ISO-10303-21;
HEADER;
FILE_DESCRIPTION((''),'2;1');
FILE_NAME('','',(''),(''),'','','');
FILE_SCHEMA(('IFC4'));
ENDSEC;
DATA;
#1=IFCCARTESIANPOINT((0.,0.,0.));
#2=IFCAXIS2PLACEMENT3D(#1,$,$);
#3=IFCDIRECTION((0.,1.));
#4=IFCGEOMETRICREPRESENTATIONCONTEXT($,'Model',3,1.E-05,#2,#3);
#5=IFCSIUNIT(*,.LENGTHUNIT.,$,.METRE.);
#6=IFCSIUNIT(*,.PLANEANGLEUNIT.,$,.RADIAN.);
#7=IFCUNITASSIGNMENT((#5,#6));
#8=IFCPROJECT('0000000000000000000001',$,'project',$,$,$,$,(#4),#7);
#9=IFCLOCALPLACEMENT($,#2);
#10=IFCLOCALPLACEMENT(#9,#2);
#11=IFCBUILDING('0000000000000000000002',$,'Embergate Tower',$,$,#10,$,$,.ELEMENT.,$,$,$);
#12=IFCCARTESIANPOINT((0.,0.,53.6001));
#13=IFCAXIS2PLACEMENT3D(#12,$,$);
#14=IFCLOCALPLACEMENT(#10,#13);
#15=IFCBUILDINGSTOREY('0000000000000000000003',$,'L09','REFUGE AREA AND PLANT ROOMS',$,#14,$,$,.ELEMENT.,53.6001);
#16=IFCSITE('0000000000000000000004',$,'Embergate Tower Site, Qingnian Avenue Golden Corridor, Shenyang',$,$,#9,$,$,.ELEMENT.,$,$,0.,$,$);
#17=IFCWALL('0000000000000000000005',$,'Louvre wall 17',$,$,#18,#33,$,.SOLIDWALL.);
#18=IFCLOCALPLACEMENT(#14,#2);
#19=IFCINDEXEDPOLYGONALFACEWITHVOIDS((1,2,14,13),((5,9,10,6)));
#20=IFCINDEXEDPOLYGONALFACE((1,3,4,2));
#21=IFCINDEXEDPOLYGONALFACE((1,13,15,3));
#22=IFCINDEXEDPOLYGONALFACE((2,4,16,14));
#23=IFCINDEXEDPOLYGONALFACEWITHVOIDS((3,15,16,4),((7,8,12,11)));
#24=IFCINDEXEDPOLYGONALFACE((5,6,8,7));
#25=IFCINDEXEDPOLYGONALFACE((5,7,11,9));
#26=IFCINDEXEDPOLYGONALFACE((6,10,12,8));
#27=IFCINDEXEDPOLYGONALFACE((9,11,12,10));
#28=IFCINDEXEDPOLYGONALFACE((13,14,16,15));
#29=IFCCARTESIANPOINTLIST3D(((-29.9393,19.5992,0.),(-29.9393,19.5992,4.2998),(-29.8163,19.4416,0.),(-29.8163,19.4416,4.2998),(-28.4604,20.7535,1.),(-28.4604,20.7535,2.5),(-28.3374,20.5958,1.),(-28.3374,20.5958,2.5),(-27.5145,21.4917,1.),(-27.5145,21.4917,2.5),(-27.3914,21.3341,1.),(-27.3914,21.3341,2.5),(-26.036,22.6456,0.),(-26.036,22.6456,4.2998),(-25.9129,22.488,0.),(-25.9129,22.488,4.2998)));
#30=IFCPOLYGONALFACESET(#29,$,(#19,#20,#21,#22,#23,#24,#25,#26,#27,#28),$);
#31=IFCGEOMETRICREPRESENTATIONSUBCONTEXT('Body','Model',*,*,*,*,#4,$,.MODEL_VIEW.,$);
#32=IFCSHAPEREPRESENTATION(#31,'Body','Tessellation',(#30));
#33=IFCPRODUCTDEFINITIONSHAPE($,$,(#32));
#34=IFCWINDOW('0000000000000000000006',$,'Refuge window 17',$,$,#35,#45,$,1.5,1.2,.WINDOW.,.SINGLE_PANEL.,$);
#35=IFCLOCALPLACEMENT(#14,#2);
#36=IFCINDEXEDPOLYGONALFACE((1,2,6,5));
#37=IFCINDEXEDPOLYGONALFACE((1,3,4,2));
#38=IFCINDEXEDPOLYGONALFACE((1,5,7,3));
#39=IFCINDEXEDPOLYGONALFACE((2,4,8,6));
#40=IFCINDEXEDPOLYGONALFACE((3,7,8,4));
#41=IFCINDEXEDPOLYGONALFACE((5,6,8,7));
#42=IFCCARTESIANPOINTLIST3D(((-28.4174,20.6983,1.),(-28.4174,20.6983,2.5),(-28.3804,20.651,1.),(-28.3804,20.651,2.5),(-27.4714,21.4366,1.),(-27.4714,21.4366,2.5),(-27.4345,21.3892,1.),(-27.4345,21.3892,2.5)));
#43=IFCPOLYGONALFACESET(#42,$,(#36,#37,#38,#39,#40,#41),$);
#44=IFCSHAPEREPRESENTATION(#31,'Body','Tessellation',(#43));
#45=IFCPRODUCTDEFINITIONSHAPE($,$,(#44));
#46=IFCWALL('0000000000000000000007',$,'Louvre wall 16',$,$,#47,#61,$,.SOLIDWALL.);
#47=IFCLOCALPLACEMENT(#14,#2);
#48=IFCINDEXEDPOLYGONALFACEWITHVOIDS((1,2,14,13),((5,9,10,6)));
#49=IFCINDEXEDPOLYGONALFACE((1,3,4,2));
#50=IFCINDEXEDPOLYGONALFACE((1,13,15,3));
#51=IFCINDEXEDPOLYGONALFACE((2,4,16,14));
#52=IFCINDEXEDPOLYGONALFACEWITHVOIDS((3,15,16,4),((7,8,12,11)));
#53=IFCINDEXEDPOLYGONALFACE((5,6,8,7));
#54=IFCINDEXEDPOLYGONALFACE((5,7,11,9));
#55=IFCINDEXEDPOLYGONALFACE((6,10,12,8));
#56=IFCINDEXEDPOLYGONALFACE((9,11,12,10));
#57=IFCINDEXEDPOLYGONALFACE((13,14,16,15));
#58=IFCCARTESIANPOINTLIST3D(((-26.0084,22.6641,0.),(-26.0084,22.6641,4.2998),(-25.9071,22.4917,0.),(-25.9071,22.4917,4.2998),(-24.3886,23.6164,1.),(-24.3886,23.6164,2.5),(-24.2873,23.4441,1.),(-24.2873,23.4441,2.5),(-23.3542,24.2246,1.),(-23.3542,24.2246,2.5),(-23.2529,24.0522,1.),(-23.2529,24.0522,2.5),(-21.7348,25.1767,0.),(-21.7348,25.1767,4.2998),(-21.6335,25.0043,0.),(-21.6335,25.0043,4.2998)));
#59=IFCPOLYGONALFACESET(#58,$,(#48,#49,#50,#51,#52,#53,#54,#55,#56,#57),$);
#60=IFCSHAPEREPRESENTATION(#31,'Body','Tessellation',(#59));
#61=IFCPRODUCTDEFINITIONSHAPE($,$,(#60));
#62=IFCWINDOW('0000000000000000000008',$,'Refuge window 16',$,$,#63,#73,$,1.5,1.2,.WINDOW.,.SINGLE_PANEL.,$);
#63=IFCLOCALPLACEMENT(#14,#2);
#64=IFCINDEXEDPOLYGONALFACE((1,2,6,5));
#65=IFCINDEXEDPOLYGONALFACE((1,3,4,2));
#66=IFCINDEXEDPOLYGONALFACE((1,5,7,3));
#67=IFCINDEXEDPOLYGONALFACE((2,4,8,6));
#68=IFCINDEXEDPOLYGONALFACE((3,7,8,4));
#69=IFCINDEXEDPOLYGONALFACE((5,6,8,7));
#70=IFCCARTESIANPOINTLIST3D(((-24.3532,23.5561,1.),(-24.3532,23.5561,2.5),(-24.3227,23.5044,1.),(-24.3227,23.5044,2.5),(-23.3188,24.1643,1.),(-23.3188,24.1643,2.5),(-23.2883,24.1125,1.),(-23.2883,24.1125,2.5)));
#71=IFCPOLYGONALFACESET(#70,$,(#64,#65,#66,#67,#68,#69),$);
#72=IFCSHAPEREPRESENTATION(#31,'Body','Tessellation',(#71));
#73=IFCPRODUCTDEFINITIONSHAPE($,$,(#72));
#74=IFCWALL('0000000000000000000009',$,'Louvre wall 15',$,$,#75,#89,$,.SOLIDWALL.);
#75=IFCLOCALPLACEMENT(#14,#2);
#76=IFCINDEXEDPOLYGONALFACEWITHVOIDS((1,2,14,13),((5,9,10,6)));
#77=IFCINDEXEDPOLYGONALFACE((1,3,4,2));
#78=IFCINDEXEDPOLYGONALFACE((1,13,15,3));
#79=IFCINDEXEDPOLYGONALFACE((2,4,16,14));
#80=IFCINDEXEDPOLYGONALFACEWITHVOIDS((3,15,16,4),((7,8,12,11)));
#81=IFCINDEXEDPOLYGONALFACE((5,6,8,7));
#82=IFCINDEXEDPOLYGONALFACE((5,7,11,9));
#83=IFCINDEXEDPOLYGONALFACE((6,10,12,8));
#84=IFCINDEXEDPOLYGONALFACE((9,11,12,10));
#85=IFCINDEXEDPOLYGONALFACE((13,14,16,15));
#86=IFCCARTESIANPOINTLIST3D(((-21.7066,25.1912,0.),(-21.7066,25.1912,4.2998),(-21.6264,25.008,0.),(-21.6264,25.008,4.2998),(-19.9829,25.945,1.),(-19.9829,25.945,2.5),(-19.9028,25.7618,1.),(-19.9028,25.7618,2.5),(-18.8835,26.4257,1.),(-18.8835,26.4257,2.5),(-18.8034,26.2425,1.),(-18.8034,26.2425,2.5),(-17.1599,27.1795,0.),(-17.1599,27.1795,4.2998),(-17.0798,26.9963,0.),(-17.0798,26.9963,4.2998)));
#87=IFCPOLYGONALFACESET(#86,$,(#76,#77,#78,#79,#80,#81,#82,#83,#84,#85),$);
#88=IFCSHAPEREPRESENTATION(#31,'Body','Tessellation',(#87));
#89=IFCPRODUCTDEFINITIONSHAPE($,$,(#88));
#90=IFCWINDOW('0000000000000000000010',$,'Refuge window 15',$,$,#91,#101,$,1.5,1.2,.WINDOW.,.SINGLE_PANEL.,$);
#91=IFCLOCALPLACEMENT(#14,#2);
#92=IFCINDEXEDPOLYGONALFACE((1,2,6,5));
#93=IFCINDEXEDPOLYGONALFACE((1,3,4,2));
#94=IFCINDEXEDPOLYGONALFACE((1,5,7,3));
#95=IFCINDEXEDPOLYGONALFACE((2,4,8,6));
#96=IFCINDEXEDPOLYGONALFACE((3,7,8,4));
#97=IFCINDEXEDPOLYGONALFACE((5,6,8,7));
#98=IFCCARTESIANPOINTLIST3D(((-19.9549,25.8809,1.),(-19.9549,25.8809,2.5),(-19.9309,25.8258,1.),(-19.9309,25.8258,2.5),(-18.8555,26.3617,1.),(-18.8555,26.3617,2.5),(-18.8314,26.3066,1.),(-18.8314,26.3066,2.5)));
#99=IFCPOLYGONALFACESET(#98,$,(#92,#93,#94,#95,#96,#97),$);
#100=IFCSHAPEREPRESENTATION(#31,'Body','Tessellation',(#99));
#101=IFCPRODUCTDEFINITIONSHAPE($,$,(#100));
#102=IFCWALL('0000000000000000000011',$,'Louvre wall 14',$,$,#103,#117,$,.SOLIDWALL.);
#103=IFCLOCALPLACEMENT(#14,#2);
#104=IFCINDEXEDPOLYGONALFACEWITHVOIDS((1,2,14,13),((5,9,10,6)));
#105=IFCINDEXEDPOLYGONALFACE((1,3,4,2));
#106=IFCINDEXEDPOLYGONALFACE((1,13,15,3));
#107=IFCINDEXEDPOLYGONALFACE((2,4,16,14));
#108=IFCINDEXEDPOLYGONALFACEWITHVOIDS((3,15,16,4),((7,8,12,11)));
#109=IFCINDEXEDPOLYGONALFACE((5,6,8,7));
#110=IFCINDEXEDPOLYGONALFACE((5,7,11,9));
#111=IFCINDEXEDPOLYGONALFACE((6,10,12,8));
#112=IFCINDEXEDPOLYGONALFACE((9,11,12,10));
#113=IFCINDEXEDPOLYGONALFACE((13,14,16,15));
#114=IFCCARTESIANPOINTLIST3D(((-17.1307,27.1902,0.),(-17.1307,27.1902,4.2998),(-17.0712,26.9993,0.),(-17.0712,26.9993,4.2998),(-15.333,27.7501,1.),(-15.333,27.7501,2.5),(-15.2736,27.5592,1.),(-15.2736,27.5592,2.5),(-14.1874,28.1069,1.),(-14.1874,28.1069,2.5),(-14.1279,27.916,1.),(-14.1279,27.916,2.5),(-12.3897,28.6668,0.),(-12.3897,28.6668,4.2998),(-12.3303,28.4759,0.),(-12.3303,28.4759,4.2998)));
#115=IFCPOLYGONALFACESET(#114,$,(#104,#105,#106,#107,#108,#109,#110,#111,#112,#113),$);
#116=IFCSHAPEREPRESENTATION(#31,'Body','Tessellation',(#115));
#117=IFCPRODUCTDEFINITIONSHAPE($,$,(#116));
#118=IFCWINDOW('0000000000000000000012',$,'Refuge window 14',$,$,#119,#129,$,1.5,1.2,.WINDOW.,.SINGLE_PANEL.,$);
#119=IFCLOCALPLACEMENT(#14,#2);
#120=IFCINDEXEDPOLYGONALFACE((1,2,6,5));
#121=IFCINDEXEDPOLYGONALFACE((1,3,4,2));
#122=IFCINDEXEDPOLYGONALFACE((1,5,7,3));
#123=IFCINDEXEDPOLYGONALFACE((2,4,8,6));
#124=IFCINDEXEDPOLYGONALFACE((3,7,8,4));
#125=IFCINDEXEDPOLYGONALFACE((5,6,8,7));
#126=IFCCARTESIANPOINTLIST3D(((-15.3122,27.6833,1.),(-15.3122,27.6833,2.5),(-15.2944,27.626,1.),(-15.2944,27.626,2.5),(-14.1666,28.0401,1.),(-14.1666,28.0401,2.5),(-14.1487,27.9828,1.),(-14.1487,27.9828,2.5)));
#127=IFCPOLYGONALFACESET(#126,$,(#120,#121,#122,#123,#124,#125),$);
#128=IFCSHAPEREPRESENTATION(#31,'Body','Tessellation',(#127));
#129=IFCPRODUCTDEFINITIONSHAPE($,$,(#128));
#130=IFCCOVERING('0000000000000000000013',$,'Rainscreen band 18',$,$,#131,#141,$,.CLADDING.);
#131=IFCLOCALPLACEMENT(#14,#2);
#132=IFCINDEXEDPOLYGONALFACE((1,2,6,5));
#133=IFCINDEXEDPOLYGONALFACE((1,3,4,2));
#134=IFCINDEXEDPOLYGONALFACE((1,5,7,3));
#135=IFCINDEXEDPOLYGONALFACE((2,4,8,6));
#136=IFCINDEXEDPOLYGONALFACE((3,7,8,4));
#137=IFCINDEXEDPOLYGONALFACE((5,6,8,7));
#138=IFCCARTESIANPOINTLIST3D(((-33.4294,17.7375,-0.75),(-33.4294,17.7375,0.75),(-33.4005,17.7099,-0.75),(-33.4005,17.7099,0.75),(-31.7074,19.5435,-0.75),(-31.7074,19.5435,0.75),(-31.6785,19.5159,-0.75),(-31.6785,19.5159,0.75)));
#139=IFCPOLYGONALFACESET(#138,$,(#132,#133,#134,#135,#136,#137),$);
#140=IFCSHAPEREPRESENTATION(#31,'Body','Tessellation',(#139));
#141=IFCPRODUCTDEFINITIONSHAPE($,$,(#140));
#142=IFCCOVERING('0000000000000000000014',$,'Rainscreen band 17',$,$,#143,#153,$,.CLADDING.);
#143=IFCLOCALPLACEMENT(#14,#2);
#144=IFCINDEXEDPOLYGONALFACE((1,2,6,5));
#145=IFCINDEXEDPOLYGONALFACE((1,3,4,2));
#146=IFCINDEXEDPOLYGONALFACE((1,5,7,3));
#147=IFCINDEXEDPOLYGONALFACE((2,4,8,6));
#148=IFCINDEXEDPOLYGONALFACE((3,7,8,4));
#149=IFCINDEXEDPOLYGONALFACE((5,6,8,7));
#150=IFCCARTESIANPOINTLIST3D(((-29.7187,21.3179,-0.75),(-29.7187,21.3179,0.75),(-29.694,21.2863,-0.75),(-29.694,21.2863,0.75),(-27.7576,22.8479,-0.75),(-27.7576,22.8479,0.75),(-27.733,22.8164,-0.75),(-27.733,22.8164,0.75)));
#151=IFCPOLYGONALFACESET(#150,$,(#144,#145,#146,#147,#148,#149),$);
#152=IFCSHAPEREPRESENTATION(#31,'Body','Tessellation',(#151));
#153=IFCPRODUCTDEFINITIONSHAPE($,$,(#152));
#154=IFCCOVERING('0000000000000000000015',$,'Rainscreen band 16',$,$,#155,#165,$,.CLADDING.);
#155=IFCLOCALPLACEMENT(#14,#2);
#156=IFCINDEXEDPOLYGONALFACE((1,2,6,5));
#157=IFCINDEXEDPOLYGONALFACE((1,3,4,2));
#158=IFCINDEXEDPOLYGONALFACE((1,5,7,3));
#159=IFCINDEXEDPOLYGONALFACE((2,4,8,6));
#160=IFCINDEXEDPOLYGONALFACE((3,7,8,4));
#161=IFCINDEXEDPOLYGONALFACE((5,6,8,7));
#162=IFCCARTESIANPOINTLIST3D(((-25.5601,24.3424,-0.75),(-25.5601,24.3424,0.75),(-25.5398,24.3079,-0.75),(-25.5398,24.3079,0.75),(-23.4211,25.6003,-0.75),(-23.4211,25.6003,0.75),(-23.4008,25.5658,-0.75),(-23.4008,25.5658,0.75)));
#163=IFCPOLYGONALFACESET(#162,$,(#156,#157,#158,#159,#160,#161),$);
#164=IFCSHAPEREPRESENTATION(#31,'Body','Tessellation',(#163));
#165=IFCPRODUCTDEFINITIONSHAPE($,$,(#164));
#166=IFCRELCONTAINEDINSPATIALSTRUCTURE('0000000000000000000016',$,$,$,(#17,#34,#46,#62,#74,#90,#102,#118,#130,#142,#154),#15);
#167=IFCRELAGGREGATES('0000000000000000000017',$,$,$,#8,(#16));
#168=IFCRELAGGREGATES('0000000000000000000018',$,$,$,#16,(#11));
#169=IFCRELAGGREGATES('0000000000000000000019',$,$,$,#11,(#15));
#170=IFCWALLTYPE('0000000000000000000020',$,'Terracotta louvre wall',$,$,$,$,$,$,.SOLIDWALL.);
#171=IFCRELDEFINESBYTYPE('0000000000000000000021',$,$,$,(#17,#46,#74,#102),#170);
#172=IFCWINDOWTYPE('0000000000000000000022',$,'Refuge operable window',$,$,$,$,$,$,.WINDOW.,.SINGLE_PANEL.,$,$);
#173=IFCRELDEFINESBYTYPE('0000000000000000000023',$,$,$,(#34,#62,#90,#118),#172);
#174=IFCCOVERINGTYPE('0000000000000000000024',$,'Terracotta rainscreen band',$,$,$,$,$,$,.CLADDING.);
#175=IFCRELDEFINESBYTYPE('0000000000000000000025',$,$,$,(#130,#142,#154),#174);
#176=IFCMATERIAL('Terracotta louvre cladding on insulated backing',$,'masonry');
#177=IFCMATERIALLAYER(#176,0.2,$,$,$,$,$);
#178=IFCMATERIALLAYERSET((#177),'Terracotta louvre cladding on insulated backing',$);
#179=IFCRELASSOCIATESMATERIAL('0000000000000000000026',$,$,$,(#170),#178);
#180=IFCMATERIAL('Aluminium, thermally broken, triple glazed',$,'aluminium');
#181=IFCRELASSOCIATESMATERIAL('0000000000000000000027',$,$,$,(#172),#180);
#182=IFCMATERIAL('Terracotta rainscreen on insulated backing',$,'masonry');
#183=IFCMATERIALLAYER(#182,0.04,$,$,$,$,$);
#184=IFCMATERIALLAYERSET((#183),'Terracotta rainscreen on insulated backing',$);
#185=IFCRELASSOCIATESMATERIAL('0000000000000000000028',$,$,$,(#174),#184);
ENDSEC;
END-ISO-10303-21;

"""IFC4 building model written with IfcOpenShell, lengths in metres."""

from ifc_helpers import new_model, si_unit, direction, frame, frame_2d, origin, origin_2d, place, context, subcontext, project, spatial, rectangle, extrude, source, transform, mapped, material, layer, layer_set, type_object, element, fill, save


model = new_model("IFC4")

# Units and contexts
model_context = context("Model", 3, precision=1e-05, world=origin(), true_north=direction((0.0, 1.0)))
body_context = subcontext(model_context, "Body", "Model", "MODEL_VIEW")
ifc_project = project(units=[si_unit("LENGTHUNIT", "METRE"), si_unit("PLANEANGLEUNIT", "RADIAN")], contexts=[model_context])

# Site, building, storey
site_placement = place(None, origin())
site = spatial("IfcSite", under=ifc_project, at=site_placement, Name="Embergate Tower Site, Qingnian Avenue Golden Corridor, Shenyang", CompositionType="ELEMENT", RefElevation=0.0)
building_placement = place(site_placement, origin())
building = spatial("IfcBuilding", under=site, at=building_placement, Name="Embergate Tower", CompositionType="ELEMENT")
storey_placement = place(building_placement, frame((0.0, 0.0, 53.6001)))
storey = spatial("IfcBuildingStorey", under=building, at=storey_placement, Name="L09", Description="REFUGE AREA AND PLANT ROOMS", CompositionType="ELEMENT", Elevation=53.6001)

# Walls, openings, windows
ifc_material_1 = material(Name="Terracotta louvre cladding on insulated backing", Category="masonry")
ifc_layer_1 = layer(ifc_material_1, 0.2)
ifc_layer_set_1 = layer_set([ifc_layer_1], Name="Terracotta louvre cladding on insulated backing")
wall_type = type_object("IfcWallType", Name="Terracotta louvre wall", PredefinedType="SOLIDWALL", material=ifc_layer_set_1)
shared_shape_1 = source(origin(), body_context, "Body", "SweptSolid", [
    extrude(rectangle(XDim=4.9514, YDim=0.2, at=frame_2d((2.4756, 0.0))), origin(), (0.0, 0.0, 1.0), 4.2998),
])
wall_1_placement = place(storey_placement, frame((-29.8777, 19.5205, 0.0), z_axis=(0.0, 0.0, 1.0), x_axis=(0.788326, 0.615257, 0.0)))
wall_1 = element("IfcWall", 1, at=wall_1_placement, inside=storey, type_object=wall_type, Name="Louvre wall 17", PredefinedType="SOLIDWALL", context=body_context, shape_type="MappedRepresentation", body=[
    mapped(shared_shape_1, transform((0.0, 0.0, 0.0))),
])
shared_shape_2 = source(origin(), body_context, "Body", "SweptSolid", [
    extrude(rectangle(XDim=1.2, YDim=1.5, at=frame_2d((0.6001, 0.75))), frame((0.0, 0.1099, 0.0), z_axis=(0.0, -1.0, 0.0), x_axis=(1.0, 0.0, 0.0)), (0.0, 0.0, 1.0), 0.22),
])
opening_1_placement = place(wall_1_placement, frame((1.8757, 0.0, 1.0)))
opening_1 = element("IfcOpeningElement", 2, at=opening_1_placement, cuts=wall_1, PredefinedType="OPENING", context=body_context, shape_type="MappedRepresentation", body=[
    mapped(shared_shape_2, transform((0.0, 0.0, 0.0))),
])
ifc_material_2 = material(Name="Aluminium, thermally broken, triple glazed", Category="aluminium")
window_type = type_object("IfcWindowType", Name="Refuge operable window", PartitioningType="SINGLE_PANEL", PredefinedType="WINDOW", material=ifc_material_2)
shared_shape_3 = source(origin(), body_context, "Body", "SweptSolid", [
    extrude(rectangle(XDim=1.2, YDim=1.5, at=frame_2d((0.6001, 0.75))), frame((0.0, 0.03, 0.0), z_axis=(0.0, -1.0, 0.0), x_axis=(1.0, 0.0, 0.0)), (0.0, 0.0, 1.0), 0.0601),
])
window_1_placement = place(opening_1_placement, origin())
window_1 = element("IfcWindow", 3, at=window_1_placement, inside=storey, type_object=window_type, Name="Refuge window 17", OverallHeight=1.5, OverallWidth=1.2, PartitioningType="SINGLE_PANEL", PredefinedType="WINDOW", context=body_context, shape_type="MappedRepresentation", body=[
    mapped(shared_shape_3, transform((0.0, 0.0, 0.0))),
])
fill(opening_1, window_1)
shared_shape_4 = source(origin(), body_context, "Body", "SweptSolid", [
    extrude(rectangle(XDim=4.9575, YDim=0.2, at=frame_2d((2.4788, 0.0))), origin(), (0.0, 0.0, 1.0), 4.2998),
])
wall_2_placement = place(storey_placement, frame((-25.9578, 22.5779, 0.0), z_axis=(0.0, 0.0, 1.0), x_axis=(0.862043, 0.506835, 0.0)))
wall_2 = element("IfcWall", 4, at=wall_2_placement, inside=storey, type_object=wall_type, Name="Louvre wall 16", PredefinedType="SOLIDWALL", context=body_context, shape_type="MappedRepresentation", body=[
    mapped(shared_shape_4, transform((0.0, 0.0, 0.0))),
])
opening_2_placement = place(wall_2_placement, frame((1.8789, 0.0, 1.0)))
opening_2 = element("IfcOpeningElement", 5, at=opening_2_placement, cuts=wall_2, PredefinedType="OPENING", context=body_context, shape_type="MappedRepresentation", body=[
    mapped(shared_shape_2, transform((0.0, 0.0, 0.0))),
])
window_2_placement = place(opening_2_placement, origin())
window_2 = element("IfcWindow", 6, at=window_2_placement, inside=storey, type_object=window_type, Name="Refuge window 16", OverallHeight=1.5, OverallWidth=1.2, PartitioningType="SINGLE_PANEL", PredefinedType="WINDOW", context=body_context, shape_type="MappedRepresentation", body=[
    mapped(shared_shape_3, transform((0.0, 0.0, 0.0))),
])
fill(opening_2, window_2)
shared_shape_5 = source(origin(), body_context, "Body", "SweptSolid", [
    extrude(rectangle(XDim=4.9624, YDim=0.2, at=frame_2d((2.4812, 0.0))), origin(), (0.0, 0.0, 1.0), 4.2998),
])
wall_3_placement = place(storey_placement, frame((-21.6665, 25.0996, 0.0), z_axis=(0.0, 0.0, 1.0), x_axis=(0.916222, 0.400672, 0.0)))
wall_3 = element("IfcWall", 7, at=wall_3_placement, inside=storey, type_object=wall_type, Name="Louvre wall 15", PredefinedType="SOLIDWALL", context=body_context, shape_type="MappedRepresentation", body=[
    mapped(shared_shape_5, transform((0.0, 0.0, 0.0))),
])
opening_3_placement = place(wall_3_placement, frame((1.8811, 0.0, 1.0)))
opening_3 = element("IfcOpeningElement", 8, at=opening_3_placement, cuts=wall_3, PredefinedType="OPENING", context=body_context, shape_type="MappedRepresentation", body=[
    mapped(shared_shape_2, transform((0.0, 0.0, 0.0))),
])
window_3_placement = place(opening_3_placement, origin())
window_3 = element("IfcWindow", 9, at=window_3_placement, inside=storey, type_object=window_type, Name="Refuge window 15", OverallHeight=1.5, OverallWidth=1.2, PartitioningType="SINGLE_PANEL", PredefinedType="WINDOW", context=body_context, shape_type="MappedRepresentation", body=[
    mapped(shared_shape_3, transform((0.0, 0.0, 0.0))),
])
fill(opening_3, window_3)
shared_shape_6 = source(origin(), body_context, "Body", "SweptSolid", [
    extrude(rectangle(XDim=4.9656, YDim=0.2, at=frame_2d((2.4829, 0.0))), origin(), (0.0, 0.0, 1.0), 4.2998),
])
wall_4_placement = place(storey_placement, frame((-17.1011, 27.0947, 0.0), z_axis=(0.0, 0.0, 1.0), x_axis=(0.954766, 0.297359, 0.0)))
wall_4 = element("IfcWall", 10, at=wall_4_placement, inside=storey, type_object=wall_type, Name="Louvre wall 14", PredefinedType="SOLIDWALL", context=body_context, shape_type="MappedRepresentation", body=[
    mapped(shared_shape_6, transform((0.0, 0.0, 0.0))),
])
opening_4_placement = place(wall_4_placement, frame((1.8828, 0.0, 1.0)))
opening_4 = element("IfcOpeningElement", 11, at=opening_4_placement, cuts=wall_4, PredefinedType="OPENING", context=body_context, shape_type="MappedRepresentation", body=[
    mapped(shared_shape_2, transform((0.0, 0.0, 0.0))),
])
window_4_placement = place(opening_4_placement, origin())
window_4 = element("IfcWindow", 12, at=window_4_placement, inside=storey, type_object=window_type, Name="Refuge window 14", OverallHeight=1.5, OverallWidth=1.2, PartitioningType="SINGLE_PANEL", PredefinedType="WINDOW", context=body_context, shape_type="MappedRepresentation", body=[
    mapped(shared_shape_3, transform((0.0, 0.0, 0.0))),
])
fill(opening_4, window_4)

# Coverings
ifc_material_3 = material(Name="Terracotta rainscreen on insulated backing", Category="masonry")
ifc_layer_2 = layer(ifc_material_3, 0.04)
ifc_layer_set_2 = layer_set([ifc_layer_2], Name="Terracotta rainscreen on insulated backing")
covering_type = type_object("IfcCoveringType", Name="Terracotta rainscreen band", PredefinedType="CLADDING", material=ifc_layer_set_2)
shared_shape_7 = source(origin(), body_context, "Body", "SweptSolid", [
    extrude(rectangle(XDim=2.4954, YDim=0.04, at=origin_2d()), origin(), (0.0, 0.0, 1.0), 1.5),
])
covering_1_placement = place(storey_placement, frame((-32.554, 18.6267, -0.75), z_axis=(0.0, 0.0, 1.0), x_axis=(-0.690076, -0.723737, 0.0)))
element("IfcCovering", 13, at=covering_1_placement, inside=storey, type_object=covering_type, Name="Rainscreen band 18", PredefinedType="CLADDING", context=body_context, shape_type="MappedRepresentation", body=[
    mapped(shared_shape_7, transform((0.0, 0.0, 0.0))),
])
shared_shape_8 = source(origin(), body_context, "Body", "SweptSolid", [
    extrude(rectangle(XDim=2.4873, YDim=0.04, at=origin_2d()), origin(), (0.0, 0.0, 1.0), 1.5),
])
covering_2_placement = place(storey_placement, frame((-28.7258, 22.0671, -0.75), z_axis=(0.0, 0.0, 1.0), x_axis=(-0.78842, -0.615137, 0.0)))
element("IfcCovering", 14, at=covering_2_placement, inside=storey, type_object=covering_type, Name="Rainscreen band 17", PredefinedType="CLADDING", context=body_context, shape_type="MappedRepresentation", body=[
    mapped(shared_shape_8, transform((0.0, 0.0, 0.0))),
])
shared_shape_9 = source(origin(), body_context, "Body", "SweptSolid", [
    extrude(rectangle(XDim=2.4814, YDim=0.04, at=origin_2d()), origin(), (0.0, 0.0, 1.0), 1.5),
])
covering_3_placement = place(storey_placement, frame((-24.4805, 24.9541, -0.75), z_axis=(0.0, 0.0, 1.0), x_axis=(-0.861975, -0.50695, 0.0)))
element("IfcCovering", 15, at=covering_3_placement, inside=storey, type_object=covering_type, Name="Rainscreen band 16", PredefinedType="CLADDING", context=body_context, shape_type="MappedRepresentation", body=[
    mapped(shared_shape_9, transform((0.0, 0.0, 0.0))),
])

save(model, "model.ifc")
